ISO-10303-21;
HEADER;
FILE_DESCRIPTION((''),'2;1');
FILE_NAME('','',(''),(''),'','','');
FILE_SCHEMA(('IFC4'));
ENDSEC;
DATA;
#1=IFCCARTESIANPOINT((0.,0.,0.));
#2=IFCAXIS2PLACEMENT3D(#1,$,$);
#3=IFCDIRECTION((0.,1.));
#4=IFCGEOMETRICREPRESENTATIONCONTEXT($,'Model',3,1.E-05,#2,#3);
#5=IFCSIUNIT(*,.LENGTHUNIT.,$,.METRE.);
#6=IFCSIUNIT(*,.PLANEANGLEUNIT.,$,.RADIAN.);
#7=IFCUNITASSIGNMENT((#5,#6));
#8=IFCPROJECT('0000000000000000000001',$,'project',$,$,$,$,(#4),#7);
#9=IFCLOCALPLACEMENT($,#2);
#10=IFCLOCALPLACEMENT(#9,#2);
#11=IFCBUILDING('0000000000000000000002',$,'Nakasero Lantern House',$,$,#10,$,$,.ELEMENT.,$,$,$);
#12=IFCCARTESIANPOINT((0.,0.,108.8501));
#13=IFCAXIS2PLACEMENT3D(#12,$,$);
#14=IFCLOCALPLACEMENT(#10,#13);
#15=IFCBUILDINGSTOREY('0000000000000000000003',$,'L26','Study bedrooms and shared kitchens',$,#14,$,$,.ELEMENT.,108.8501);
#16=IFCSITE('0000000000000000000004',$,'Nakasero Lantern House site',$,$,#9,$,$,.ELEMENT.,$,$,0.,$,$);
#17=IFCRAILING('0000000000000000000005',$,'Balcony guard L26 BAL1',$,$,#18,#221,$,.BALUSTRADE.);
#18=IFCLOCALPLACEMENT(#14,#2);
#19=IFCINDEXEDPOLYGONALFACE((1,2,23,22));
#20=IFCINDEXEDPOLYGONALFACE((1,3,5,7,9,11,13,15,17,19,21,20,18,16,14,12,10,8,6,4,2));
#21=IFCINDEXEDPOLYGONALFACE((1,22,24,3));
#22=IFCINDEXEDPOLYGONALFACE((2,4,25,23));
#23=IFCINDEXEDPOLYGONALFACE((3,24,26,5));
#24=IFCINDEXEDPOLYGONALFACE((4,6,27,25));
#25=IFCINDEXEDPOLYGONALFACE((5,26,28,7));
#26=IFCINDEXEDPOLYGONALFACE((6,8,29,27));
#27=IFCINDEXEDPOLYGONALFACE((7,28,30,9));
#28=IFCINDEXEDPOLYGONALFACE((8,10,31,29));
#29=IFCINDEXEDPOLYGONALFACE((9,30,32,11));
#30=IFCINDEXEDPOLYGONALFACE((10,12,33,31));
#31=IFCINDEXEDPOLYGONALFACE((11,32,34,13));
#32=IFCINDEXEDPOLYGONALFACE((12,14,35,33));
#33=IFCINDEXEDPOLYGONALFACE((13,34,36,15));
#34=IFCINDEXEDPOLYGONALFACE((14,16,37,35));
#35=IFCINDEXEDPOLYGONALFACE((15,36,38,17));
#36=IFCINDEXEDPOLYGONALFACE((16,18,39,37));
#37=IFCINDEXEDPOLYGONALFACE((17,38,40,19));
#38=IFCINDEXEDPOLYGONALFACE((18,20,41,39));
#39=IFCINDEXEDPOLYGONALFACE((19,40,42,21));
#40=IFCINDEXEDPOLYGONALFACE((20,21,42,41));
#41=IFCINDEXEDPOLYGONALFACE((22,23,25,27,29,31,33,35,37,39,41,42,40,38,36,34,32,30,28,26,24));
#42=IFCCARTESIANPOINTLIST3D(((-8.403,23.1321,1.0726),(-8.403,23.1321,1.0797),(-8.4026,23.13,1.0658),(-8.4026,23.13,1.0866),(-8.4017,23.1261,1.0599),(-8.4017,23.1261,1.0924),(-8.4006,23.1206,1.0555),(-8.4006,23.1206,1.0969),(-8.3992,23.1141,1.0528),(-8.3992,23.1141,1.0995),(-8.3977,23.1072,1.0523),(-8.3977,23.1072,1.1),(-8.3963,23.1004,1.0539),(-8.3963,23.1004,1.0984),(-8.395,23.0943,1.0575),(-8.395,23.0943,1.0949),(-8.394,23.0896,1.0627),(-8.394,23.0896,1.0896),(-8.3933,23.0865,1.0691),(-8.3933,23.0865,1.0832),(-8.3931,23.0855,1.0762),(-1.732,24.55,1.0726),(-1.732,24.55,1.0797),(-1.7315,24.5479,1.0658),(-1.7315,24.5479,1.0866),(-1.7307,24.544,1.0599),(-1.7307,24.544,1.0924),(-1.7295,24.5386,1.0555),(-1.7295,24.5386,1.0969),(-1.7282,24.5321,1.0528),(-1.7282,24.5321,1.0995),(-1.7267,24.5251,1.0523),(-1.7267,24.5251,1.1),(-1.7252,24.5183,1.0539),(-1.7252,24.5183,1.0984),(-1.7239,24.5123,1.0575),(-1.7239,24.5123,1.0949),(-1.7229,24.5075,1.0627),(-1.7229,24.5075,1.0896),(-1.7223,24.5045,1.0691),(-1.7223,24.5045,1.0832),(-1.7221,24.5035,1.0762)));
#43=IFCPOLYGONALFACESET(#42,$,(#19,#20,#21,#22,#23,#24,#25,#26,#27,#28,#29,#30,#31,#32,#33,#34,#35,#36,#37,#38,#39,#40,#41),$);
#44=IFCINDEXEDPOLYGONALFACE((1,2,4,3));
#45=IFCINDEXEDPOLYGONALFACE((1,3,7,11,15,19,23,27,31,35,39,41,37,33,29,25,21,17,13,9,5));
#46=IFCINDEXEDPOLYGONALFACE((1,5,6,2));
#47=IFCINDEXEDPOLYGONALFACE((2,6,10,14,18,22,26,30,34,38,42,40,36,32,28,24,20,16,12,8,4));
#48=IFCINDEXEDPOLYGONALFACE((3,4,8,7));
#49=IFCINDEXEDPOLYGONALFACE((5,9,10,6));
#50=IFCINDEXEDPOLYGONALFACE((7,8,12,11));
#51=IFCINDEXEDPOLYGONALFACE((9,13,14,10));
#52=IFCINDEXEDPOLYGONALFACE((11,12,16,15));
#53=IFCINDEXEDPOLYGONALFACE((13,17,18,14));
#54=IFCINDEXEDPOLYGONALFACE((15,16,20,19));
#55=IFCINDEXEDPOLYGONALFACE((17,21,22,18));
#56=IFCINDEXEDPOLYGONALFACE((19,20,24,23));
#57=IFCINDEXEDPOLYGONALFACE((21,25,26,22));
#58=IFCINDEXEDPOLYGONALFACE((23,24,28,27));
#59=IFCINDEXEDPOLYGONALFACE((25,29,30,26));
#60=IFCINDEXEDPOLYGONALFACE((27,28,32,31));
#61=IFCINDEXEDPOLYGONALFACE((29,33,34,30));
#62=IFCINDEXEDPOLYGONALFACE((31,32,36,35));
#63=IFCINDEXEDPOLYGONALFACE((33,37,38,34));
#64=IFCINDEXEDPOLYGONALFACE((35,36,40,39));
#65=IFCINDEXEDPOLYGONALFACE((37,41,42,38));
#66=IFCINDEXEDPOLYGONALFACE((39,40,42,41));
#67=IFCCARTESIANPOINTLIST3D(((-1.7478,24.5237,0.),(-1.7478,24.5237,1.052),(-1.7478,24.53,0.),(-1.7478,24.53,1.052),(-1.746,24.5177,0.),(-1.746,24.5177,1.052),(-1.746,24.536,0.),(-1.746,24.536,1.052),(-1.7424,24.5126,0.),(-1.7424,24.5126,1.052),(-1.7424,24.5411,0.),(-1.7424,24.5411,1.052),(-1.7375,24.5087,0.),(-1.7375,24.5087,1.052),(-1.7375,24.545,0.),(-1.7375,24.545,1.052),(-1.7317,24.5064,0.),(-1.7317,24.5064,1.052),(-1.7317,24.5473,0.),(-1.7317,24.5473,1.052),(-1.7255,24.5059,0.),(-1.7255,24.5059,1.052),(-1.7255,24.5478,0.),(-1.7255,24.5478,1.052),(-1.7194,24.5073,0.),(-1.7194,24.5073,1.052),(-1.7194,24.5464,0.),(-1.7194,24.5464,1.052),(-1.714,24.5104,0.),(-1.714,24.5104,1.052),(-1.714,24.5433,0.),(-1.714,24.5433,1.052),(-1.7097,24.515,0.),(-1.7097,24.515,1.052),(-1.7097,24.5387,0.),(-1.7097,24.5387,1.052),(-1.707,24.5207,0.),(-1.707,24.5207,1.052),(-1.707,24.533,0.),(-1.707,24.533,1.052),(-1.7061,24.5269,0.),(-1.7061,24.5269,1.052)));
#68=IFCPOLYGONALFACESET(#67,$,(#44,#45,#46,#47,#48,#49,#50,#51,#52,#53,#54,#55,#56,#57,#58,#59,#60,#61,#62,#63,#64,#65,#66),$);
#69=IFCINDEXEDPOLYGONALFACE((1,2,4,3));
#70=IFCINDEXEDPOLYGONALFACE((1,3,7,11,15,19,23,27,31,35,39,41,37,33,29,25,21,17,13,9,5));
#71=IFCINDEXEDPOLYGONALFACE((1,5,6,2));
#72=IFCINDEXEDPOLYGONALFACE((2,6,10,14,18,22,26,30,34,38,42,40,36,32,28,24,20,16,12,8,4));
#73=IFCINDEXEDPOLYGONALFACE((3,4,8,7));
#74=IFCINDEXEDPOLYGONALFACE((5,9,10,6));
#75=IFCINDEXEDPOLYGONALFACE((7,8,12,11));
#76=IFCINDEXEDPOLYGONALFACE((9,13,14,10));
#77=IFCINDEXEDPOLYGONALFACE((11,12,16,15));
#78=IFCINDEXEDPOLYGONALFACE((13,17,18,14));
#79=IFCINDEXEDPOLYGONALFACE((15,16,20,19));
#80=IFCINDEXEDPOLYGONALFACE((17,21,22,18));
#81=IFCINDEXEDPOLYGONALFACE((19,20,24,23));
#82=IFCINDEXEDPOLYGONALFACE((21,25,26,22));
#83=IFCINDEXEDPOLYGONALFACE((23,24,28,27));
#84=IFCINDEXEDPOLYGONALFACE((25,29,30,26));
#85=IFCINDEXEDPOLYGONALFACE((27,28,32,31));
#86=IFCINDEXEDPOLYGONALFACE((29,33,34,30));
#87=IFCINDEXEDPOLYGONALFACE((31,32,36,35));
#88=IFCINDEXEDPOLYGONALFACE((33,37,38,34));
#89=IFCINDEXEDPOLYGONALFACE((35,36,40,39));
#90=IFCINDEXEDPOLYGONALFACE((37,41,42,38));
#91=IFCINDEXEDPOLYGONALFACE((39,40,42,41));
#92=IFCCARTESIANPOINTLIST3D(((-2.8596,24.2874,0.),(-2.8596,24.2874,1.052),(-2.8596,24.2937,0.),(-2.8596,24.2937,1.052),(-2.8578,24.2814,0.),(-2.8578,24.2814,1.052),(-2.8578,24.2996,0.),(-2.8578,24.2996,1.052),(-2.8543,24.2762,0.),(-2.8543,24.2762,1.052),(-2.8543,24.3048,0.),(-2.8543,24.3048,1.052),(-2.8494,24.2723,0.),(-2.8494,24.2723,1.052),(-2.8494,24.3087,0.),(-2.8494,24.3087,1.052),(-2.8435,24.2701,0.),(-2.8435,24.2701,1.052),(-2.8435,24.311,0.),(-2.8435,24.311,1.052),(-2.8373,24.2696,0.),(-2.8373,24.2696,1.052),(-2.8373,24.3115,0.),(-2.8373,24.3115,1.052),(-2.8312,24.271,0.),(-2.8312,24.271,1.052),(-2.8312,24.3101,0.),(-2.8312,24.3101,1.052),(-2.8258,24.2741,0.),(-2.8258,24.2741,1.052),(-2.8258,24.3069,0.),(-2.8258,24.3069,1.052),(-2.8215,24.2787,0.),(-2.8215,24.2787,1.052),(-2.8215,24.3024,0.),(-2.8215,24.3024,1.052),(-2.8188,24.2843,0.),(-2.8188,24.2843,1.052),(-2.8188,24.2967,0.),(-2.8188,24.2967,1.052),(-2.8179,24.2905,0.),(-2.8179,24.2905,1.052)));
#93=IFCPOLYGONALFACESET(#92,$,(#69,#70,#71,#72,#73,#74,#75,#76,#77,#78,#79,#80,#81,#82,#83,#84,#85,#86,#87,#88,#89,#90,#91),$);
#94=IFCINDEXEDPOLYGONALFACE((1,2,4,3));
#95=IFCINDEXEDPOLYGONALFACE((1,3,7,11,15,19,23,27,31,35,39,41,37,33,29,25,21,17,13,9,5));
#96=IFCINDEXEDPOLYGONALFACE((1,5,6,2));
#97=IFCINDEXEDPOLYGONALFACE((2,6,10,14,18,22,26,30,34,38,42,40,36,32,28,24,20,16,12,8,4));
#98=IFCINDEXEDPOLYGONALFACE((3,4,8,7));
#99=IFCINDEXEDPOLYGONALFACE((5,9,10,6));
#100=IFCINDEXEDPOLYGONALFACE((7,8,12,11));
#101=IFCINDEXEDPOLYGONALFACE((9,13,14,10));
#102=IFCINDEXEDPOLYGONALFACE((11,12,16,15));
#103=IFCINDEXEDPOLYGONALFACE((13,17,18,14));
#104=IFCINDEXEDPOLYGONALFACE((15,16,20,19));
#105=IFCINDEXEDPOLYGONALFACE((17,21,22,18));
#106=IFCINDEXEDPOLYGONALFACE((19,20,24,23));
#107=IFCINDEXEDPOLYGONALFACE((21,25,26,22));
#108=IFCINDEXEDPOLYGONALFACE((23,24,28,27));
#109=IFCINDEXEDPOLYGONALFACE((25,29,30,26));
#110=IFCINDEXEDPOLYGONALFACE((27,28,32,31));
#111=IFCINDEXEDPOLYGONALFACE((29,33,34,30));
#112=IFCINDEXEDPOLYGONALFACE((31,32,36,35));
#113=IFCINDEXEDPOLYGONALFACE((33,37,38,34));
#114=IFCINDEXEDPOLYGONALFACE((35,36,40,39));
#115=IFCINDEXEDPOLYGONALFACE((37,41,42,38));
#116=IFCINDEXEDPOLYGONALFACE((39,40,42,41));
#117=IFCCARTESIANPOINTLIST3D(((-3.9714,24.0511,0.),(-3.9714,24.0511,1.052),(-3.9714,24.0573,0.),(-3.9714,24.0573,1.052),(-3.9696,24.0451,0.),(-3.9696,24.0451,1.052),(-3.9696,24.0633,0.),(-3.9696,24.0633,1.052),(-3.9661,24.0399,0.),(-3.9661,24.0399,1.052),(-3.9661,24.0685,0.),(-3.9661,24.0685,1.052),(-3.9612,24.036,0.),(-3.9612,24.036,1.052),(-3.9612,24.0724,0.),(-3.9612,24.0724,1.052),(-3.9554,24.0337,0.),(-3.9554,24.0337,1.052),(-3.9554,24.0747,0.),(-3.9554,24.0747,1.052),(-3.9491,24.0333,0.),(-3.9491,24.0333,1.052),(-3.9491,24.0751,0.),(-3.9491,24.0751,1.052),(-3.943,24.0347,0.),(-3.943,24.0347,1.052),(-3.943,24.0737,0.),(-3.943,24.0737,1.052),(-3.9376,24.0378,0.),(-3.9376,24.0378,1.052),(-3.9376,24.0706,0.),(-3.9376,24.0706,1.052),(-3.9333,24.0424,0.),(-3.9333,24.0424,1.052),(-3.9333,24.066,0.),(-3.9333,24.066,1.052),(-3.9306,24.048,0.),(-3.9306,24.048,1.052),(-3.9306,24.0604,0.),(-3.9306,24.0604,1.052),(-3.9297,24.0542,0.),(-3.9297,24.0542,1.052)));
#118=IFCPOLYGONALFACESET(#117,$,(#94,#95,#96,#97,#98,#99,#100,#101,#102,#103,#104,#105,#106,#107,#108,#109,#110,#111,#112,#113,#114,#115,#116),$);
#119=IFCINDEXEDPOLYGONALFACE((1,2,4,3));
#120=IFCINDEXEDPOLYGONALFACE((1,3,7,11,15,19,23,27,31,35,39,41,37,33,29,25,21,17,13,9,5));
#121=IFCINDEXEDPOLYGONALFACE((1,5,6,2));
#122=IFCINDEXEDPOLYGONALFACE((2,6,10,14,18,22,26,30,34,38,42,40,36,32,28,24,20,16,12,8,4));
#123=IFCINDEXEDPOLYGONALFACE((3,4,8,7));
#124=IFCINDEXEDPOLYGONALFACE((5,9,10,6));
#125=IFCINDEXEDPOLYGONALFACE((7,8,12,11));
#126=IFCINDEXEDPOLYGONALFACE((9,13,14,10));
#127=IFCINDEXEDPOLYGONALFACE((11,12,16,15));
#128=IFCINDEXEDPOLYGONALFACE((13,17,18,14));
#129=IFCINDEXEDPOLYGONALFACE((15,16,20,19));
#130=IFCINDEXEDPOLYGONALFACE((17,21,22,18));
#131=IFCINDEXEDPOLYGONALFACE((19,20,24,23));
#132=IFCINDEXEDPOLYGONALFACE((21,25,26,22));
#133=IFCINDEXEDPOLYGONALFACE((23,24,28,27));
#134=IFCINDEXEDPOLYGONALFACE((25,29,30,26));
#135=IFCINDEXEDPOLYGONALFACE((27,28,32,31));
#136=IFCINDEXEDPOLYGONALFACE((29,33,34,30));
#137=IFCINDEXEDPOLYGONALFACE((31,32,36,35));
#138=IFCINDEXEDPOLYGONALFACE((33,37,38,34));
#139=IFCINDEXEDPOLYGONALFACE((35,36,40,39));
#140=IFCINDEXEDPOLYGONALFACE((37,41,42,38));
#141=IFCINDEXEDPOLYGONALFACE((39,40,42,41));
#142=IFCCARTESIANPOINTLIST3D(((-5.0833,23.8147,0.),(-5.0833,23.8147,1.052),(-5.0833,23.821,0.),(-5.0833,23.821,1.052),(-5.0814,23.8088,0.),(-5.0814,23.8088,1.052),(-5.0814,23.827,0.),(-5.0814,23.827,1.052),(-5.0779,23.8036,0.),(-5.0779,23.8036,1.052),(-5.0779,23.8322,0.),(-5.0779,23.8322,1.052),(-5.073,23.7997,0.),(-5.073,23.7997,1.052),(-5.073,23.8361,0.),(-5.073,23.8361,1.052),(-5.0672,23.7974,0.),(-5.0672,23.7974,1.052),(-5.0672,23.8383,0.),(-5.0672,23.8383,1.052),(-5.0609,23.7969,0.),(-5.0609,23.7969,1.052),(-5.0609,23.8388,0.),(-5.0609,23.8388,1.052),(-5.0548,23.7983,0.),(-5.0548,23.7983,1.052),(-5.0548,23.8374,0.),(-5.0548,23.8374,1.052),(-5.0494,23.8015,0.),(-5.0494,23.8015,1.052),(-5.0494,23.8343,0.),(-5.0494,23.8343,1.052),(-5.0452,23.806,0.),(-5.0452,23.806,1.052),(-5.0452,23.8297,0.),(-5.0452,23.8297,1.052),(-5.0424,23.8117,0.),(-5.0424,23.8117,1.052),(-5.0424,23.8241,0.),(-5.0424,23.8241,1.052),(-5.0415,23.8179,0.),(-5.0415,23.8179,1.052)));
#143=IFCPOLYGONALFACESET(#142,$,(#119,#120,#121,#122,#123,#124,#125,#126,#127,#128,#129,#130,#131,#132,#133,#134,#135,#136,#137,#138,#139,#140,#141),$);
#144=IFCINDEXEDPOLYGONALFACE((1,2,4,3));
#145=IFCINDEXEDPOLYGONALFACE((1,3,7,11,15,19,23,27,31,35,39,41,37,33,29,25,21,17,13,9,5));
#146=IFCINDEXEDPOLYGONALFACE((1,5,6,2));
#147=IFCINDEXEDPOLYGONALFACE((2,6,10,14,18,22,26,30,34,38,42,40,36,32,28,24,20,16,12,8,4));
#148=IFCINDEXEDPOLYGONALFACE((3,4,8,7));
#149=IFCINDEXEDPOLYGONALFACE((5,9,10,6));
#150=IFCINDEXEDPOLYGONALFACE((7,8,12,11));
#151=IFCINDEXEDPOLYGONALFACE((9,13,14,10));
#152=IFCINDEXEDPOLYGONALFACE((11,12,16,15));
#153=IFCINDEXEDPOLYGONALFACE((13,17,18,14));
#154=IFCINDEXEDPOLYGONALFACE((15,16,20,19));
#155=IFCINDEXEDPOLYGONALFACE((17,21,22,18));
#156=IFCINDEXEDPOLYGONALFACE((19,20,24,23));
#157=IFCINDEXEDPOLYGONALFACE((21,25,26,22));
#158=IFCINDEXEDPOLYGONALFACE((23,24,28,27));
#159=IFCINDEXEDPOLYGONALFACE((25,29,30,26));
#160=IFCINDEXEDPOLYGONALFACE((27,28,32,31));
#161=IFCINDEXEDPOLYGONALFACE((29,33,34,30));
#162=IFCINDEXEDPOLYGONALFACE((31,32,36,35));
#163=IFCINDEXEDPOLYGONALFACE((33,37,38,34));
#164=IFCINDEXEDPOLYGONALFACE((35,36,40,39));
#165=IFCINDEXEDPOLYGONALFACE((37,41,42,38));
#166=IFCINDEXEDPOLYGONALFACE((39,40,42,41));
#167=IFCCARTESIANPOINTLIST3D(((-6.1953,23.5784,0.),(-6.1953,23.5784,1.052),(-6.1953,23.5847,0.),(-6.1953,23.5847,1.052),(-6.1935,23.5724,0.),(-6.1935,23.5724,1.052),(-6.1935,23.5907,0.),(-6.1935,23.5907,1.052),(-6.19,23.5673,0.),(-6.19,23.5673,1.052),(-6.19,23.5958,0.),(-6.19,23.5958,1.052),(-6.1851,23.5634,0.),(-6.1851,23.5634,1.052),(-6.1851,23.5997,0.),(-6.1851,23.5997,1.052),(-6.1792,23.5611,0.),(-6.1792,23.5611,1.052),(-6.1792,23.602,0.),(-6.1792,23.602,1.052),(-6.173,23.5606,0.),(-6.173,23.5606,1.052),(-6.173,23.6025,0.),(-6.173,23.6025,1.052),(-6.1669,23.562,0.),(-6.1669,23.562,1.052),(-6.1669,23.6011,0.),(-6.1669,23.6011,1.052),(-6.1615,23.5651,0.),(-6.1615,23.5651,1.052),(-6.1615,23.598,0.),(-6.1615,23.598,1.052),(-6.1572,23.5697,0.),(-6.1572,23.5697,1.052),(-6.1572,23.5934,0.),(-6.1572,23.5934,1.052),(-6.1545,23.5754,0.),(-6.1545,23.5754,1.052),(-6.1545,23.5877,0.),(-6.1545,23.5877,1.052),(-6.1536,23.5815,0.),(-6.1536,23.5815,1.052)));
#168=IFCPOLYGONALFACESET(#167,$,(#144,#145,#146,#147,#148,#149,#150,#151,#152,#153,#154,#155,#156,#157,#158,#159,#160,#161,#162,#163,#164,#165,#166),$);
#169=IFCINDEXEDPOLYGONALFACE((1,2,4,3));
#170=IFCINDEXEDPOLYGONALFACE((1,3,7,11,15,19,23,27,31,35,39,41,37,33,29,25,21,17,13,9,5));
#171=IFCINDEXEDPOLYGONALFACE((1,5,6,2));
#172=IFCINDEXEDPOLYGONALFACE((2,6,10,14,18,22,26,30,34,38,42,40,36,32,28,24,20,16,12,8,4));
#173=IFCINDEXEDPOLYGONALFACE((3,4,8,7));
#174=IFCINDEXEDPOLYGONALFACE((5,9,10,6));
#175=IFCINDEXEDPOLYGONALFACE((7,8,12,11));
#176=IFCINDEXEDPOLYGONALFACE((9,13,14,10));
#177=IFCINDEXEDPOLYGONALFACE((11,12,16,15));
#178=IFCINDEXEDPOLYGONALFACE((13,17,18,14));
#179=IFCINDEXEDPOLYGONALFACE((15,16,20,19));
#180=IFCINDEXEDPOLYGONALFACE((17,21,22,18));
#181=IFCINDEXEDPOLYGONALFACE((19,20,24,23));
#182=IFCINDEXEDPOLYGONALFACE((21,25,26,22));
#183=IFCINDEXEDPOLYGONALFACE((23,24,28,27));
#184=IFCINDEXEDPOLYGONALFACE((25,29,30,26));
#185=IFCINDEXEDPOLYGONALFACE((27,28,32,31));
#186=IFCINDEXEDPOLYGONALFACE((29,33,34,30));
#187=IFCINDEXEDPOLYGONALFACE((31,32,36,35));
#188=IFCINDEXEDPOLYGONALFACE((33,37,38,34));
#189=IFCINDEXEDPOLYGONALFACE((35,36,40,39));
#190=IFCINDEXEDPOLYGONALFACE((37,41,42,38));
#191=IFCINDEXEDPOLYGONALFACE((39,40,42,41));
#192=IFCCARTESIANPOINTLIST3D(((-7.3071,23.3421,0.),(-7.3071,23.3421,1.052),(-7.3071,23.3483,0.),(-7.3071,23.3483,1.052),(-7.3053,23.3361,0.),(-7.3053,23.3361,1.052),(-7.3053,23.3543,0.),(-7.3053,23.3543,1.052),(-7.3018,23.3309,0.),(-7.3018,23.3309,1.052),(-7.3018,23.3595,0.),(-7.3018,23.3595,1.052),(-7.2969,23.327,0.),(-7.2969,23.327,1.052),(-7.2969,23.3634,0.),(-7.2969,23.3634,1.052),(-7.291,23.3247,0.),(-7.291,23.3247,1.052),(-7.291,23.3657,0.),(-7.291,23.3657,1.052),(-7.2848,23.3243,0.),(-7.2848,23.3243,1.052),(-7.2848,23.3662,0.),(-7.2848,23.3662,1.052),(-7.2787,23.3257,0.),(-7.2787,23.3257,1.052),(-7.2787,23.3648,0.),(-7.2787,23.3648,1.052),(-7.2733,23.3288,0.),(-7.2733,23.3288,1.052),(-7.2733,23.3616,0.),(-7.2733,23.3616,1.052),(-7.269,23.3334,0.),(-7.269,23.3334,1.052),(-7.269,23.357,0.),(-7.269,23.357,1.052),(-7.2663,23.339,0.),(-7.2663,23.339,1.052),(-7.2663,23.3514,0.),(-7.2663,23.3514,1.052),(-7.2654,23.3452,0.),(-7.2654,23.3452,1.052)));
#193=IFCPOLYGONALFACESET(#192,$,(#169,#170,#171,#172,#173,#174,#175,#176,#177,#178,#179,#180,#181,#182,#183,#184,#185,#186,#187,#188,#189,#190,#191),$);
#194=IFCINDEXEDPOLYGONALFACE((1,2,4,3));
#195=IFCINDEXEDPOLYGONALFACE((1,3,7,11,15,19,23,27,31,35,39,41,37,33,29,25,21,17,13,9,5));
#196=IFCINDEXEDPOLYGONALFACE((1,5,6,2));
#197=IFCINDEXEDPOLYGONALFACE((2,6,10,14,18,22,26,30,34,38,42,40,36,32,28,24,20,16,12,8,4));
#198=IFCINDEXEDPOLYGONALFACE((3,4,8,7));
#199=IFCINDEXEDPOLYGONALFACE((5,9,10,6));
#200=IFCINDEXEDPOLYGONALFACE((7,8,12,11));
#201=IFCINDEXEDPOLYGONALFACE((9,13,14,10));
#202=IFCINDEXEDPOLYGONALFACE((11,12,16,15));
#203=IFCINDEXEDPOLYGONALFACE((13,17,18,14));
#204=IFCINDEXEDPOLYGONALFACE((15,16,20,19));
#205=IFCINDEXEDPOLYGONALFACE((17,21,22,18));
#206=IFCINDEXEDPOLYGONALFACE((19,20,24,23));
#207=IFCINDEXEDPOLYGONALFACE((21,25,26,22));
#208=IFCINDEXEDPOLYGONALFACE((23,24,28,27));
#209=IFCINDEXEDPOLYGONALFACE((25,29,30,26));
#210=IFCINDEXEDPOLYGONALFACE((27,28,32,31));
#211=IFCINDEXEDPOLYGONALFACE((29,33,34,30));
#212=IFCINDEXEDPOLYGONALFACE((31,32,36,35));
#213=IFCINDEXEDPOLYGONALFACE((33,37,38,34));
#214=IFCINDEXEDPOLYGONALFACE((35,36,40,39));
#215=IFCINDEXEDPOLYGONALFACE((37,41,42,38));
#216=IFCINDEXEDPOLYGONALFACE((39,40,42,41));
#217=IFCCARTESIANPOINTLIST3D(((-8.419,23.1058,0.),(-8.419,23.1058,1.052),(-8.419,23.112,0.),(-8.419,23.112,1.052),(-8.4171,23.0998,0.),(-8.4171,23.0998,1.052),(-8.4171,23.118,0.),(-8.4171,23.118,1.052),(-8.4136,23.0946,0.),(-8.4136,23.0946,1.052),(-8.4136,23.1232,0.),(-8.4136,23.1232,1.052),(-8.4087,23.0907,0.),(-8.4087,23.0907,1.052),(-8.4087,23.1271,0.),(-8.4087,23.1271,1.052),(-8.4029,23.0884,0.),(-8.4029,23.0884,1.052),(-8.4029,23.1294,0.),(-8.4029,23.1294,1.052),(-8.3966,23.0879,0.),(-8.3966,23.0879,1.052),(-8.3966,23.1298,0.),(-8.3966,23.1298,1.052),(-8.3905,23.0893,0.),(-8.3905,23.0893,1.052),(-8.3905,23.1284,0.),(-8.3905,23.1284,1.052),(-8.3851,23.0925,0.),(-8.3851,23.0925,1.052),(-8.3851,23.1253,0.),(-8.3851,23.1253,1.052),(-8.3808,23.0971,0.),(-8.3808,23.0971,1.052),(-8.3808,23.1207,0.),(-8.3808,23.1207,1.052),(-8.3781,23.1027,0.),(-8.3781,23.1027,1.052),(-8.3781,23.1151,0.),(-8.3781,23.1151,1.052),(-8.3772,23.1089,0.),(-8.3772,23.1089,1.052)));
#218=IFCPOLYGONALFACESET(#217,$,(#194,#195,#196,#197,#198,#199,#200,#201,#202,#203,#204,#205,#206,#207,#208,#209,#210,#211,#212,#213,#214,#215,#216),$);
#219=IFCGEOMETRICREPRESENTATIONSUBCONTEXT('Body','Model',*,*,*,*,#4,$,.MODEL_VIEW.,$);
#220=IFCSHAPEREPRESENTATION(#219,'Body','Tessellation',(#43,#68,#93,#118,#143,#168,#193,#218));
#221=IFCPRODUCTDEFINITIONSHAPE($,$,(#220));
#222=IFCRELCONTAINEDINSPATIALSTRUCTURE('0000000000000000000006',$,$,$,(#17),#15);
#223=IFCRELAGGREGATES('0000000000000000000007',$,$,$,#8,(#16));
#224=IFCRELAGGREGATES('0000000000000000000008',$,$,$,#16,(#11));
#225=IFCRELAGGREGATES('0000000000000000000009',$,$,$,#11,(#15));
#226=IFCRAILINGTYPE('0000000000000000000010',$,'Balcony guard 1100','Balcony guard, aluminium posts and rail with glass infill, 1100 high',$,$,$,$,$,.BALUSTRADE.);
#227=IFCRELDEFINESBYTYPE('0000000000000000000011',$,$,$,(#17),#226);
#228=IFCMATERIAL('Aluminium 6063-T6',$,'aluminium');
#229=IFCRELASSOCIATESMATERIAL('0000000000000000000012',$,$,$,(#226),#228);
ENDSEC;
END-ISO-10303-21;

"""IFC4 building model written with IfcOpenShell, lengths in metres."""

from ifc_helpers import new_model, si_unit, direction, frame, origin, origin_2d, place, context, subcontext, project, spatial, circle, extrude, material, type_object, element, save


model = new_model("IFC4")

# Units and contexts
model_context = context("Model", 3, precision=1e-05, world=origin(), true_north=direction((0.0, 1.0)))
body_context = subcontext(model_context, "Body", "Model", "MODEL_VIEW")
ifc_project = project(units=[si_unit("LENGTHUNIT", "METRE"), si_unit("PLANEANGLEUNIT", "RADIAN")], contexts=[model_context])

# Site, building, storey
site_placement = place(None, origin())
site = spatial("IfcSite", under=ifc_project, at=site_placement, Name="Nakasero Lantern House site", CompositionType="ELEMENT", RefElevation=0.0)
building_placement = place(site_placement, origin())
building = spatial("IfcBuilding", under=site, at=building_placement, Name="Nakasero Lantern House", CompositionType="ELEMENT")
storey_placement = place(building_placement, frame((0.0, 0.0, 108.8501)))
storey = spatial("IfcBuildingStorey", under=building, at=storey_placement, Name="L26", Description="Study bedrooms and shared kitchens", CompositionType="ELEMENT", Elevation=108.8501)

# Railing
ifc_material_1 = material(Name="Aluminium 6063-T6", Category="aluminium")
railing_type = type_object("IfcRailingType", Name="Balcony guard 1100", Description="Balcony guard, aluminium posts and rail with glass infill, 1100 high", PredefinedType="BALUSTRADE", material=ifc_material_1)
railing_placement = place(storey_placement, frame((-1.7271, 24.5269, 0.0)))
element("IfcRailing", 1, at=railing_placement, inside=storey, type_object=railing_type, Name="Balcony guard L26 BAL1", PredefinedType="BALUSTRADE", context=body_context, shape_type="SweptSolid", body=[
    extrude(circle(Radius=0.0239, at=origin_2d()), frame((0.0, 0.0, 1.0762), z_axis=(-0.978148, -0.207908, 0.0), x_axis=(0.207908, -0.978148, 0.0)), (0.0, 0.0, 1.0), 6.8201),
    extrude(circle(Radius=0.021, at=origin_2d()), origin(), (0.0, 0.0, 1.0), 1.052),
    extrude(circle(Radius=0.021, at=origin_2d()), frame((-1.1118, -0.2363, 0.0)), (0.0, 0.0, 1.0), 1.052),
    extrude(circle(Radius=0.021, at=origin_2d()), frame((-2.2236, -0.4727, 0.0)), (0.0, 0.0, 1.0), 1.052),
    extrude(circle(Radius=0.021, at=origin_2d()), frame((-3.3354, -0.709, 0.0)), (0.0, 0.0, 1.0), 1.052),
    extrude(circle(Radius=0.021, at=origin_2d()), frame((-4.4475, -0.9453, 0.0)), (0.0, 0.0, 1.0), 1.052),
    extrude(circle(Radius=0.021, at=origin_2d()), frame((-5.5593, -1.1816, 0.0)), (0.0, 0.0, 1.0), 1.052),
    extrude(circle(Radius=0.021, at=origin_2d()), frame((-6.6711, -1.418, 0.0)), (0.0, 0.0, 1.0), 1.052),
])

save(model, "model.ifc")
